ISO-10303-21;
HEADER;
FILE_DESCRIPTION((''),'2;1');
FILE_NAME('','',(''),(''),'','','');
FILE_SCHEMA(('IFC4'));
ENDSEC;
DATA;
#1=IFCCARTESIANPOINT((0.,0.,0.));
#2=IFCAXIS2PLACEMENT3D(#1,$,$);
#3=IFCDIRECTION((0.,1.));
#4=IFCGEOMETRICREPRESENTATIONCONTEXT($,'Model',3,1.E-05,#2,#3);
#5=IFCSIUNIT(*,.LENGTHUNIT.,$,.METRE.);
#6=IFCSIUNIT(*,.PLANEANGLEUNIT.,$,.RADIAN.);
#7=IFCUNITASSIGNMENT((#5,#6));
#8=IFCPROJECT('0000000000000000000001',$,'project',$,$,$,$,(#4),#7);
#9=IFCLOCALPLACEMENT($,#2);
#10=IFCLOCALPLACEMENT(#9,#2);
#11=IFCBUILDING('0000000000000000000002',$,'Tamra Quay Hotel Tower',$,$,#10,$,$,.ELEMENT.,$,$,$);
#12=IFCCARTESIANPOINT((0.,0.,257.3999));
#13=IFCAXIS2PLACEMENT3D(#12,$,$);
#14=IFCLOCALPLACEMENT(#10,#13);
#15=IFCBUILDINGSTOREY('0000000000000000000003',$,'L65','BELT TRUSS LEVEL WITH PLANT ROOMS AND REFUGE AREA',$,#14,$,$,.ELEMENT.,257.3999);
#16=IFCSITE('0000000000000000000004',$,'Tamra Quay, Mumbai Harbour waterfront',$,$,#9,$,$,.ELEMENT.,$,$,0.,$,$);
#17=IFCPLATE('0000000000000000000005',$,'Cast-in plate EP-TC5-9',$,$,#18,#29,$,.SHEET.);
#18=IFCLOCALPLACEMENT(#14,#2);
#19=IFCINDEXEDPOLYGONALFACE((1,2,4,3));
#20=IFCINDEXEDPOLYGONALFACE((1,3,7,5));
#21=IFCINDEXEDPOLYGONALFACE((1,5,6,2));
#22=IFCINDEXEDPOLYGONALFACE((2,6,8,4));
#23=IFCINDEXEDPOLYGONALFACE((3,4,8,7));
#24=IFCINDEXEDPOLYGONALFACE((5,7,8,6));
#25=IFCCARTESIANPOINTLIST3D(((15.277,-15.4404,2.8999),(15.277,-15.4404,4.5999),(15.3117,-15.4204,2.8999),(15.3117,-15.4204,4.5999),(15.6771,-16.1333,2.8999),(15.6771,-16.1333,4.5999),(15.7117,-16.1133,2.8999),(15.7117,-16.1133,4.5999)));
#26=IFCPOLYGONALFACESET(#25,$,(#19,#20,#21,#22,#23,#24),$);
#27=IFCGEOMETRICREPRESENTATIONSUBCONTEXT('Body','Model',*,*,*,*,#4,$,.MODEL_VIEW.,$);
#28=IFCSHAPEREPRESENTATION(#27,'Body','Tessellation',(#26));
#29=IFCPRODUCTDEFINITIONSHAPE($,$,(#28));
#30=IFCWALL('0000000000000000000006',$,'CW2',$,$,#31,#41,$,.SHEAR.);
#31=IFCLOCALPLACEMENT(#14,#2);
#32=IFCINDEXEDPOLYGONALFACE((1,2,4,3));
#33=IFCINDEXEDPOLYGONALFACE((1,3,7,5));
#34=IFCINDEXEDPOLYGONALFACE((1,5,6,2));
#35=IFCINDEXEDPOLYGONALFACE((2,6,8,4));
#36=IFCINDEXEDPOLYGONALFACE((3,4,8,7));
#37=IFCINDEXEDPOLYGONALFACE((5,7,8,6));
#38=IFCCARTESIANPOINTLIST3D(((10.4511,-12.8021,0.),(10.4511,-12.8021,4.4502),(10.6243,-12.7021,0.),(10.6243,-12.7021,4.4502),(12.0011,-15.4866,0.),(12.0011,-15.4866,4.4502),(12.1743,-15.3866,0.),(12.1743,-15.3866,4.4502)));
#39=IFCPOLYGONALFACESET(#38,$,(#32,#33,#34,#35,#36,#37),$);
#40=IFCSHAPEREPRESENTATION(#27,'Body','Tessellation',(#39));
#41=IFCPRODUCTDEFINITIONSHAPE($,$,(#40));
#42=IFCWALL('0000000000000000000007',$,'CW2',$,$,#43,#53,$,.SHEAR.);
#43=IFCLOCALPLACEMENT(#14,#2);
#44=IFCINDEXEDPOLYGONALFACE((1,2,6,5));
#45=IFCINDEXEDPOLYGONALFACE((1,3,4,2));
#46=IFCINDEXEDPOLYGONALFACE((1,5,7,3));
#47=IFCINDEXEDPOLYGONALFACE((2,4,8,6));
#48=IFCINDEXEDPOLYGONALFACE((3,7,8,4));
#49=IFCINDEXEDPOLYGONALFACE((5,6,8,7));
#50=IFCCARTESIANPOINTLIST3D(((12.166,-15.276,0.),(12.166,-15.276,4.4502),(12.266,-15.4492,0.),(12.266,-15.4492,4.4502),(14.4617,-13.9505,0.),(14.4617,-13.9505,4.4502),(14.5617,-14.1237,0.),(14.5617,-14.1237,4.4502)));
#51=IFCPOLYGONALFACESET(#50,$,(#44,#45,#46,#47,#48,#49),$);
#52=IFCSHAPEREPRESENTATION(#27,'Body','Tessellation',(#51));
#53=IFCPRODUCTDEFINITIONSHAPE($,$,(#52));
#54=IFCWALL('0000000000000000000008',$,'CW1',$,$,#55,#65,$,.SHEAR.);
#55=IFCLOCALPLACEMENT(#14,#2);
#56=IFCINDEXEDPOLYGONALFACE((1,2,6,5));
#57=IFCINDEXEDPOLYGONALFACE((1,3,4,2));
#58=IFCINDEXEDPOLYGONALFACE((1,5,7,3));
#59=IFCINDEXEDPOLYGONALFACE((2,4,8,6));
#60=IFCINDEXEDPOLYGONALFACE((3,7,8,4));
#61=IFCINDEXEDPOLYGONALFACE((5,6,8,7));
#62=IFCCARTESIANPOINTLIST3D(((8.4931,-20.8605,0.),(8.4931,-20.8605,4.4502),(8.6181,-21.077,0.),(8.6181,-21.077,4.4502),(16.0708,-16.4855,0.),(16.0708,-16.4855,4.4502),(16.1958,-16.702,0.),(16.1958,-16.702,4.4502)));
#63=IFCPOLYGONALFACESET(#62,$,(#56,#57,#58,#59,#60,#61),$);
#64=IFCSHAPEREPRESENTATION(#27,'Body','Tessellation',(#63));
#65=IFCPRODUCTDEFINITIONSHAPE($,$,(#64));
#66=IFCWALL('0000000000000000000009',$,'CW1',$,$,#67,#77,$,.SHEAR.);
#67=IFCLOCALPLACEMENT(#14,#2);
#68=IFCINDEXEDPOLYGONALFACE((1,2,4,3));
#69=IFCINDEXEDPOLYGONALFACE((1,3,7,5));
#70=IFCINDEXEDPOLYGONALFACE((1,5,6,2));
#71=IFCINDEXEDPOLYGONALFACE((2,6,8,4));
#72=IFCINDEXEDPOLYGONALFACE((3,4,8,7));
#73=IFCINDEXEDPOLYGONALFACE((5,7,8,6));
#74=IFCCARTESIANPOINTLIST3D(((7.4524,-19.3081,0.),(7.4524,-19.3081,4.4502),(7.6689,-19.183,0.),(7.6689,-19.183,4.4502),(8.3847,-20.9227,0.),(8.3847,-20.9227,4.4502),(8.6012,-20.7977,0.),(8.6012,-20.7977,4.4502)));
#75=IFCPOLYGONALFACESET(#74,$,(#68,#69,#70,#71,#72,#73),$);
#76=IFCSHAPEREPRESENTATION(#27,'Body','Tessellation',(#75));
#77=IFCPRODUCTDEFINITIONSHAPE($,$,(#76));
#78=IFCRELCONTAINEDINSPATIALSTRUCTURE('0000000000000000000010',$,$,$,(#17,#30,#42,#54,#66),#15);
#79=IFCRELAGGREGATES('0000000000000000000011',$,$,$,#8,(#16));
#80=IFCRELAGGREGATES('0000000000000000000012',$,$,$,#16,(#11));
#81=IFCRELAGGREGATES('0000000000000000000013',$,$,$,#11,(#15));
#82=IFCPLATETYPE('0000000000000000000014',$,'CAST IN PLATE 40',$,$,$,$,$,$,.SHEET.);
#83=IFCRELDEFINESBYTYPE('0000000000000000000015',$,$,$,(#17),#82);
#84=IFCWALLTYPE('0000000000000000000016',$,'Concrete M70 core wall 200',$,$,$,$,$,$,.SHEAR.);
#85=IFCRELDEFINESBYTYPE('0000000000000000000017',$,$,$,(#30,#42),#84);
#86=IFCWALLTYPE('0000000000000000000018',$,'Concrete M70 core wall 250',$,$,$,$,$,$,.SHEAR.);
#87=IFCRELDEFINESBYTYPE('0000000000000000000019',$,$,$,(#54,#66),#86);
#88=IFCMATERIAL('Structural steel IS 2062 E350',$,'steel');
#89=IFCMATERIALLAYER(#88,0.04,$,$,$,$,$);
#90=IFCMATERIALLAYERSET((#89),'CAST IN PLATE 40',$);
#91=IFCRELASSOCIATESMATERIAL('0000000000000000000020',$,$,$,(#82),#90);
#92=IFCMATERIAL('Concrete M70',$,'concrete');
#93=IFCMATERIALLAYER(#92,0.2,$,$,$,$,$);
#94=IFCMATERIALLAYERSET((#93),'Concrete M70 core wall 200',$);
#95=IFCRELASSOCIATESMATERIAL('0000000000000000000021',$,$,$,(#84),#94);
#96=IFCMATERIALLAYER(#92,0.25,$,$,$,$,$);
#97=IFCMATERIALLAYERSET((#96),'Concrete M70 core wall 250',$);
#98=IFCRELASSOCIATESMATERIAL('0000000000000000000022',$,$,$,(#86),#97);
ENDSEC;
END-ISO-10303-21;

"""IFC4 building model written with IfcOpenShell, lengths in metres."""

from ifc_helpers import new_model, si_unit, direction, frame, frame_2d, origin, origin_2d, place, context, subcontext, project, spatial, rectangle, extrude, material, layer, layer_set, type_object, element, save


model = new_model("IFC4")

# Units and contexts
model_context = context("Model", 3, precision=1e-05, world=origin(), true_north=direction((0.0, 1.0)))
body_context = subcontext(model_context, "Body", "Model", "MODEL_VIEW")
ifc_project = project(units=[si_unit("LENGTHUNIT", "METRE"), si_unit("PLANEANGLEUNIT", "RADIAN")], contexts=[model_context])

# Site, building, storey
site_placement = place(None, origin())
site = spatial("IfcSite", under=ifc_project, at=site_placement, Name="Tamra Quay, Mumbai Harbour waterfront", CompositionType="ELEMENT", RefElevation=0.0)
building_placement = place(site_placement, origin())
building = spatial("IfcBuilding", under=site, at=building_placement, Name="Tamra Quay Hotel Tower", CompositionType="ELEMENT")
storey_placement = place(building_placement, frame((0.0, 0.0, 257.3999)))
storey = spatial("IfcBuildingStorey", under=building, at=storey_placement, Name="L65", Description="BELT TRUSS LEVEL WITH PLANT ROOMS AND REFUGE AREA", CompositionType="ELEMENT", Elevation=257.3999)

# Shared definitions
ifc_material_1 = material(Name="Concrete M70", Category="concrete")

# Shared definitions
ifc_material_2 = material(Name="Structural steel IS 2062 E350", Category="steel")

# Plate
ifc_layer_1 = layer(ifc_material_2, 0.04)
ifc_layer_set_1 = layer_set([ifc_layer_1], Name="CAST IN PLATE 40")
plate_type_1 = type_object("IfcPlateType", Name="CAST IN PLATE 40", PredefinedType="SHEET", material=ifc_layer_set_1)
for number, where, z_axis, x_axis, name in (
    (1, (15.4944, -15.7769, 2.8999), (0.0, 0.0, 1.0), (-0.866025, -0.5, 0.0), "Cast-in plate EP-TC5-9"),
):
    element("IfcPlate", number, at=place(storey_placement, frame(where, z_axis=z_axis, x_axis=x_axis)), inside=storey, type_object=plate_type_1, Name=name, PredefinedType="SHEET", context=body_context, shape_type="SweptSolid", body=[
        extrude(rectangle(XDim=0.04, YDim=0.8, at=origin_2d()), origin(), (0.0, 0.0, 1.0), 1.7),
    ])

# Walls
ifc_layer_2 = layer(ifc_material_1, 0.2)
ifc_layer_set_2 = layer_set([ifc_layer_2], Name="Concrete M70 core wall 200")
wall_type_1 = type_object("IfcWallType", Name="Concrete M70 core wall 200", PredefinedType="SHEAR", material=ifc_layer_set_2)
wall_1_placement = place(storey_placement, frame((12.0876, -15.4365, 0.0), z_axis=(0.0, 0.0, 1.0), x_axis=(-0.500027, 0.86601, 0.0)))
element("IfcWall", 2, at=wall_1_placement, inside=storey, type_object=wall_type_1, Name="CW2", PredefinedType="SHEAR", context=body_context, shape_type="SweptSolid", body=[
    extrude(rectangle(XDim=3.0999, YDim=0.2, at=frame_2d((1.5498, 0.0))), origin(), (0.0, 0.0, 1.0), 4.4502),
])
wall_2_placement = place(storey_placement, frame((14.5117, -14.0371, 0.0), z_axis=(0.0, 0.0, 1.0), x_axis=(-0.866018, -0.500012, 0.0)))
element("IfcWall", 3, at=wall_2_placement, inside=storey, type_object=wall_type_1, Name="CW2", PredefinedType="SHEAR", context=body_context, shape_type="SweptSolid", body=[
    extrude(rectangle(XDim=2.6509, YDim=0.2, at=frame_2d((1.3254, 0.0))), origin(), (0.0, 0.0, 1.0), 4.4502),
])
ifc_layer_3 = layer(ifc_material_1, 0.25)
ifc_layer_set_3 = layer_set([ifc_layer_3], Name="Concrete M70 core wall 250")
wall_type_2 = type_object("IfcWallType", Name="Concrete M70 core wall 250", PredefinedType="SHEAR", material=ifc_layer_set_3)
wall_3_placement = place(storey_placement, frame((16.1333, -16.5938, 0.0), z_axis=(0.0, 0.0, 1.0), x_axis=(-0.866023, -0.500004, 0.0)))
element("IfcWall", 4, at=wall_3_placement, inside=storey, type_object=wall_type_2, Name="CW1", PredefinedType="SHEAR", context=body_context, shape_type="SweptSolid", body=[
    extrude(rectangle(XDim=8.75, YDim=0.25, at=frame_2d((4.375, 0.0))), origin(), (0.0, 0.0, 1.0), 4.4502),
])
wall_4_placement = place(storey_placement, frame((8.4929, -20.8601, 0.0), z_axis=(0.0, 0.0, 1.0), x_axis=(-0.50004, 0.866002, 0.0)))
element("IfcWall", 5, at=wall_4_placement, inside=storey, type_object=wall_type_2, Name="CW1", PredefinedType="SHEAR", context=body_context, shape_type="SweptSolid", body=[
    extrude(rectangle(XDim=1.8645, YDim=0.25, at=frame_2d((0.9321, 0.0))), origin(), (0.0, 0.0, 1.0), 4.4502),
])

save(model, "model.ifc")
